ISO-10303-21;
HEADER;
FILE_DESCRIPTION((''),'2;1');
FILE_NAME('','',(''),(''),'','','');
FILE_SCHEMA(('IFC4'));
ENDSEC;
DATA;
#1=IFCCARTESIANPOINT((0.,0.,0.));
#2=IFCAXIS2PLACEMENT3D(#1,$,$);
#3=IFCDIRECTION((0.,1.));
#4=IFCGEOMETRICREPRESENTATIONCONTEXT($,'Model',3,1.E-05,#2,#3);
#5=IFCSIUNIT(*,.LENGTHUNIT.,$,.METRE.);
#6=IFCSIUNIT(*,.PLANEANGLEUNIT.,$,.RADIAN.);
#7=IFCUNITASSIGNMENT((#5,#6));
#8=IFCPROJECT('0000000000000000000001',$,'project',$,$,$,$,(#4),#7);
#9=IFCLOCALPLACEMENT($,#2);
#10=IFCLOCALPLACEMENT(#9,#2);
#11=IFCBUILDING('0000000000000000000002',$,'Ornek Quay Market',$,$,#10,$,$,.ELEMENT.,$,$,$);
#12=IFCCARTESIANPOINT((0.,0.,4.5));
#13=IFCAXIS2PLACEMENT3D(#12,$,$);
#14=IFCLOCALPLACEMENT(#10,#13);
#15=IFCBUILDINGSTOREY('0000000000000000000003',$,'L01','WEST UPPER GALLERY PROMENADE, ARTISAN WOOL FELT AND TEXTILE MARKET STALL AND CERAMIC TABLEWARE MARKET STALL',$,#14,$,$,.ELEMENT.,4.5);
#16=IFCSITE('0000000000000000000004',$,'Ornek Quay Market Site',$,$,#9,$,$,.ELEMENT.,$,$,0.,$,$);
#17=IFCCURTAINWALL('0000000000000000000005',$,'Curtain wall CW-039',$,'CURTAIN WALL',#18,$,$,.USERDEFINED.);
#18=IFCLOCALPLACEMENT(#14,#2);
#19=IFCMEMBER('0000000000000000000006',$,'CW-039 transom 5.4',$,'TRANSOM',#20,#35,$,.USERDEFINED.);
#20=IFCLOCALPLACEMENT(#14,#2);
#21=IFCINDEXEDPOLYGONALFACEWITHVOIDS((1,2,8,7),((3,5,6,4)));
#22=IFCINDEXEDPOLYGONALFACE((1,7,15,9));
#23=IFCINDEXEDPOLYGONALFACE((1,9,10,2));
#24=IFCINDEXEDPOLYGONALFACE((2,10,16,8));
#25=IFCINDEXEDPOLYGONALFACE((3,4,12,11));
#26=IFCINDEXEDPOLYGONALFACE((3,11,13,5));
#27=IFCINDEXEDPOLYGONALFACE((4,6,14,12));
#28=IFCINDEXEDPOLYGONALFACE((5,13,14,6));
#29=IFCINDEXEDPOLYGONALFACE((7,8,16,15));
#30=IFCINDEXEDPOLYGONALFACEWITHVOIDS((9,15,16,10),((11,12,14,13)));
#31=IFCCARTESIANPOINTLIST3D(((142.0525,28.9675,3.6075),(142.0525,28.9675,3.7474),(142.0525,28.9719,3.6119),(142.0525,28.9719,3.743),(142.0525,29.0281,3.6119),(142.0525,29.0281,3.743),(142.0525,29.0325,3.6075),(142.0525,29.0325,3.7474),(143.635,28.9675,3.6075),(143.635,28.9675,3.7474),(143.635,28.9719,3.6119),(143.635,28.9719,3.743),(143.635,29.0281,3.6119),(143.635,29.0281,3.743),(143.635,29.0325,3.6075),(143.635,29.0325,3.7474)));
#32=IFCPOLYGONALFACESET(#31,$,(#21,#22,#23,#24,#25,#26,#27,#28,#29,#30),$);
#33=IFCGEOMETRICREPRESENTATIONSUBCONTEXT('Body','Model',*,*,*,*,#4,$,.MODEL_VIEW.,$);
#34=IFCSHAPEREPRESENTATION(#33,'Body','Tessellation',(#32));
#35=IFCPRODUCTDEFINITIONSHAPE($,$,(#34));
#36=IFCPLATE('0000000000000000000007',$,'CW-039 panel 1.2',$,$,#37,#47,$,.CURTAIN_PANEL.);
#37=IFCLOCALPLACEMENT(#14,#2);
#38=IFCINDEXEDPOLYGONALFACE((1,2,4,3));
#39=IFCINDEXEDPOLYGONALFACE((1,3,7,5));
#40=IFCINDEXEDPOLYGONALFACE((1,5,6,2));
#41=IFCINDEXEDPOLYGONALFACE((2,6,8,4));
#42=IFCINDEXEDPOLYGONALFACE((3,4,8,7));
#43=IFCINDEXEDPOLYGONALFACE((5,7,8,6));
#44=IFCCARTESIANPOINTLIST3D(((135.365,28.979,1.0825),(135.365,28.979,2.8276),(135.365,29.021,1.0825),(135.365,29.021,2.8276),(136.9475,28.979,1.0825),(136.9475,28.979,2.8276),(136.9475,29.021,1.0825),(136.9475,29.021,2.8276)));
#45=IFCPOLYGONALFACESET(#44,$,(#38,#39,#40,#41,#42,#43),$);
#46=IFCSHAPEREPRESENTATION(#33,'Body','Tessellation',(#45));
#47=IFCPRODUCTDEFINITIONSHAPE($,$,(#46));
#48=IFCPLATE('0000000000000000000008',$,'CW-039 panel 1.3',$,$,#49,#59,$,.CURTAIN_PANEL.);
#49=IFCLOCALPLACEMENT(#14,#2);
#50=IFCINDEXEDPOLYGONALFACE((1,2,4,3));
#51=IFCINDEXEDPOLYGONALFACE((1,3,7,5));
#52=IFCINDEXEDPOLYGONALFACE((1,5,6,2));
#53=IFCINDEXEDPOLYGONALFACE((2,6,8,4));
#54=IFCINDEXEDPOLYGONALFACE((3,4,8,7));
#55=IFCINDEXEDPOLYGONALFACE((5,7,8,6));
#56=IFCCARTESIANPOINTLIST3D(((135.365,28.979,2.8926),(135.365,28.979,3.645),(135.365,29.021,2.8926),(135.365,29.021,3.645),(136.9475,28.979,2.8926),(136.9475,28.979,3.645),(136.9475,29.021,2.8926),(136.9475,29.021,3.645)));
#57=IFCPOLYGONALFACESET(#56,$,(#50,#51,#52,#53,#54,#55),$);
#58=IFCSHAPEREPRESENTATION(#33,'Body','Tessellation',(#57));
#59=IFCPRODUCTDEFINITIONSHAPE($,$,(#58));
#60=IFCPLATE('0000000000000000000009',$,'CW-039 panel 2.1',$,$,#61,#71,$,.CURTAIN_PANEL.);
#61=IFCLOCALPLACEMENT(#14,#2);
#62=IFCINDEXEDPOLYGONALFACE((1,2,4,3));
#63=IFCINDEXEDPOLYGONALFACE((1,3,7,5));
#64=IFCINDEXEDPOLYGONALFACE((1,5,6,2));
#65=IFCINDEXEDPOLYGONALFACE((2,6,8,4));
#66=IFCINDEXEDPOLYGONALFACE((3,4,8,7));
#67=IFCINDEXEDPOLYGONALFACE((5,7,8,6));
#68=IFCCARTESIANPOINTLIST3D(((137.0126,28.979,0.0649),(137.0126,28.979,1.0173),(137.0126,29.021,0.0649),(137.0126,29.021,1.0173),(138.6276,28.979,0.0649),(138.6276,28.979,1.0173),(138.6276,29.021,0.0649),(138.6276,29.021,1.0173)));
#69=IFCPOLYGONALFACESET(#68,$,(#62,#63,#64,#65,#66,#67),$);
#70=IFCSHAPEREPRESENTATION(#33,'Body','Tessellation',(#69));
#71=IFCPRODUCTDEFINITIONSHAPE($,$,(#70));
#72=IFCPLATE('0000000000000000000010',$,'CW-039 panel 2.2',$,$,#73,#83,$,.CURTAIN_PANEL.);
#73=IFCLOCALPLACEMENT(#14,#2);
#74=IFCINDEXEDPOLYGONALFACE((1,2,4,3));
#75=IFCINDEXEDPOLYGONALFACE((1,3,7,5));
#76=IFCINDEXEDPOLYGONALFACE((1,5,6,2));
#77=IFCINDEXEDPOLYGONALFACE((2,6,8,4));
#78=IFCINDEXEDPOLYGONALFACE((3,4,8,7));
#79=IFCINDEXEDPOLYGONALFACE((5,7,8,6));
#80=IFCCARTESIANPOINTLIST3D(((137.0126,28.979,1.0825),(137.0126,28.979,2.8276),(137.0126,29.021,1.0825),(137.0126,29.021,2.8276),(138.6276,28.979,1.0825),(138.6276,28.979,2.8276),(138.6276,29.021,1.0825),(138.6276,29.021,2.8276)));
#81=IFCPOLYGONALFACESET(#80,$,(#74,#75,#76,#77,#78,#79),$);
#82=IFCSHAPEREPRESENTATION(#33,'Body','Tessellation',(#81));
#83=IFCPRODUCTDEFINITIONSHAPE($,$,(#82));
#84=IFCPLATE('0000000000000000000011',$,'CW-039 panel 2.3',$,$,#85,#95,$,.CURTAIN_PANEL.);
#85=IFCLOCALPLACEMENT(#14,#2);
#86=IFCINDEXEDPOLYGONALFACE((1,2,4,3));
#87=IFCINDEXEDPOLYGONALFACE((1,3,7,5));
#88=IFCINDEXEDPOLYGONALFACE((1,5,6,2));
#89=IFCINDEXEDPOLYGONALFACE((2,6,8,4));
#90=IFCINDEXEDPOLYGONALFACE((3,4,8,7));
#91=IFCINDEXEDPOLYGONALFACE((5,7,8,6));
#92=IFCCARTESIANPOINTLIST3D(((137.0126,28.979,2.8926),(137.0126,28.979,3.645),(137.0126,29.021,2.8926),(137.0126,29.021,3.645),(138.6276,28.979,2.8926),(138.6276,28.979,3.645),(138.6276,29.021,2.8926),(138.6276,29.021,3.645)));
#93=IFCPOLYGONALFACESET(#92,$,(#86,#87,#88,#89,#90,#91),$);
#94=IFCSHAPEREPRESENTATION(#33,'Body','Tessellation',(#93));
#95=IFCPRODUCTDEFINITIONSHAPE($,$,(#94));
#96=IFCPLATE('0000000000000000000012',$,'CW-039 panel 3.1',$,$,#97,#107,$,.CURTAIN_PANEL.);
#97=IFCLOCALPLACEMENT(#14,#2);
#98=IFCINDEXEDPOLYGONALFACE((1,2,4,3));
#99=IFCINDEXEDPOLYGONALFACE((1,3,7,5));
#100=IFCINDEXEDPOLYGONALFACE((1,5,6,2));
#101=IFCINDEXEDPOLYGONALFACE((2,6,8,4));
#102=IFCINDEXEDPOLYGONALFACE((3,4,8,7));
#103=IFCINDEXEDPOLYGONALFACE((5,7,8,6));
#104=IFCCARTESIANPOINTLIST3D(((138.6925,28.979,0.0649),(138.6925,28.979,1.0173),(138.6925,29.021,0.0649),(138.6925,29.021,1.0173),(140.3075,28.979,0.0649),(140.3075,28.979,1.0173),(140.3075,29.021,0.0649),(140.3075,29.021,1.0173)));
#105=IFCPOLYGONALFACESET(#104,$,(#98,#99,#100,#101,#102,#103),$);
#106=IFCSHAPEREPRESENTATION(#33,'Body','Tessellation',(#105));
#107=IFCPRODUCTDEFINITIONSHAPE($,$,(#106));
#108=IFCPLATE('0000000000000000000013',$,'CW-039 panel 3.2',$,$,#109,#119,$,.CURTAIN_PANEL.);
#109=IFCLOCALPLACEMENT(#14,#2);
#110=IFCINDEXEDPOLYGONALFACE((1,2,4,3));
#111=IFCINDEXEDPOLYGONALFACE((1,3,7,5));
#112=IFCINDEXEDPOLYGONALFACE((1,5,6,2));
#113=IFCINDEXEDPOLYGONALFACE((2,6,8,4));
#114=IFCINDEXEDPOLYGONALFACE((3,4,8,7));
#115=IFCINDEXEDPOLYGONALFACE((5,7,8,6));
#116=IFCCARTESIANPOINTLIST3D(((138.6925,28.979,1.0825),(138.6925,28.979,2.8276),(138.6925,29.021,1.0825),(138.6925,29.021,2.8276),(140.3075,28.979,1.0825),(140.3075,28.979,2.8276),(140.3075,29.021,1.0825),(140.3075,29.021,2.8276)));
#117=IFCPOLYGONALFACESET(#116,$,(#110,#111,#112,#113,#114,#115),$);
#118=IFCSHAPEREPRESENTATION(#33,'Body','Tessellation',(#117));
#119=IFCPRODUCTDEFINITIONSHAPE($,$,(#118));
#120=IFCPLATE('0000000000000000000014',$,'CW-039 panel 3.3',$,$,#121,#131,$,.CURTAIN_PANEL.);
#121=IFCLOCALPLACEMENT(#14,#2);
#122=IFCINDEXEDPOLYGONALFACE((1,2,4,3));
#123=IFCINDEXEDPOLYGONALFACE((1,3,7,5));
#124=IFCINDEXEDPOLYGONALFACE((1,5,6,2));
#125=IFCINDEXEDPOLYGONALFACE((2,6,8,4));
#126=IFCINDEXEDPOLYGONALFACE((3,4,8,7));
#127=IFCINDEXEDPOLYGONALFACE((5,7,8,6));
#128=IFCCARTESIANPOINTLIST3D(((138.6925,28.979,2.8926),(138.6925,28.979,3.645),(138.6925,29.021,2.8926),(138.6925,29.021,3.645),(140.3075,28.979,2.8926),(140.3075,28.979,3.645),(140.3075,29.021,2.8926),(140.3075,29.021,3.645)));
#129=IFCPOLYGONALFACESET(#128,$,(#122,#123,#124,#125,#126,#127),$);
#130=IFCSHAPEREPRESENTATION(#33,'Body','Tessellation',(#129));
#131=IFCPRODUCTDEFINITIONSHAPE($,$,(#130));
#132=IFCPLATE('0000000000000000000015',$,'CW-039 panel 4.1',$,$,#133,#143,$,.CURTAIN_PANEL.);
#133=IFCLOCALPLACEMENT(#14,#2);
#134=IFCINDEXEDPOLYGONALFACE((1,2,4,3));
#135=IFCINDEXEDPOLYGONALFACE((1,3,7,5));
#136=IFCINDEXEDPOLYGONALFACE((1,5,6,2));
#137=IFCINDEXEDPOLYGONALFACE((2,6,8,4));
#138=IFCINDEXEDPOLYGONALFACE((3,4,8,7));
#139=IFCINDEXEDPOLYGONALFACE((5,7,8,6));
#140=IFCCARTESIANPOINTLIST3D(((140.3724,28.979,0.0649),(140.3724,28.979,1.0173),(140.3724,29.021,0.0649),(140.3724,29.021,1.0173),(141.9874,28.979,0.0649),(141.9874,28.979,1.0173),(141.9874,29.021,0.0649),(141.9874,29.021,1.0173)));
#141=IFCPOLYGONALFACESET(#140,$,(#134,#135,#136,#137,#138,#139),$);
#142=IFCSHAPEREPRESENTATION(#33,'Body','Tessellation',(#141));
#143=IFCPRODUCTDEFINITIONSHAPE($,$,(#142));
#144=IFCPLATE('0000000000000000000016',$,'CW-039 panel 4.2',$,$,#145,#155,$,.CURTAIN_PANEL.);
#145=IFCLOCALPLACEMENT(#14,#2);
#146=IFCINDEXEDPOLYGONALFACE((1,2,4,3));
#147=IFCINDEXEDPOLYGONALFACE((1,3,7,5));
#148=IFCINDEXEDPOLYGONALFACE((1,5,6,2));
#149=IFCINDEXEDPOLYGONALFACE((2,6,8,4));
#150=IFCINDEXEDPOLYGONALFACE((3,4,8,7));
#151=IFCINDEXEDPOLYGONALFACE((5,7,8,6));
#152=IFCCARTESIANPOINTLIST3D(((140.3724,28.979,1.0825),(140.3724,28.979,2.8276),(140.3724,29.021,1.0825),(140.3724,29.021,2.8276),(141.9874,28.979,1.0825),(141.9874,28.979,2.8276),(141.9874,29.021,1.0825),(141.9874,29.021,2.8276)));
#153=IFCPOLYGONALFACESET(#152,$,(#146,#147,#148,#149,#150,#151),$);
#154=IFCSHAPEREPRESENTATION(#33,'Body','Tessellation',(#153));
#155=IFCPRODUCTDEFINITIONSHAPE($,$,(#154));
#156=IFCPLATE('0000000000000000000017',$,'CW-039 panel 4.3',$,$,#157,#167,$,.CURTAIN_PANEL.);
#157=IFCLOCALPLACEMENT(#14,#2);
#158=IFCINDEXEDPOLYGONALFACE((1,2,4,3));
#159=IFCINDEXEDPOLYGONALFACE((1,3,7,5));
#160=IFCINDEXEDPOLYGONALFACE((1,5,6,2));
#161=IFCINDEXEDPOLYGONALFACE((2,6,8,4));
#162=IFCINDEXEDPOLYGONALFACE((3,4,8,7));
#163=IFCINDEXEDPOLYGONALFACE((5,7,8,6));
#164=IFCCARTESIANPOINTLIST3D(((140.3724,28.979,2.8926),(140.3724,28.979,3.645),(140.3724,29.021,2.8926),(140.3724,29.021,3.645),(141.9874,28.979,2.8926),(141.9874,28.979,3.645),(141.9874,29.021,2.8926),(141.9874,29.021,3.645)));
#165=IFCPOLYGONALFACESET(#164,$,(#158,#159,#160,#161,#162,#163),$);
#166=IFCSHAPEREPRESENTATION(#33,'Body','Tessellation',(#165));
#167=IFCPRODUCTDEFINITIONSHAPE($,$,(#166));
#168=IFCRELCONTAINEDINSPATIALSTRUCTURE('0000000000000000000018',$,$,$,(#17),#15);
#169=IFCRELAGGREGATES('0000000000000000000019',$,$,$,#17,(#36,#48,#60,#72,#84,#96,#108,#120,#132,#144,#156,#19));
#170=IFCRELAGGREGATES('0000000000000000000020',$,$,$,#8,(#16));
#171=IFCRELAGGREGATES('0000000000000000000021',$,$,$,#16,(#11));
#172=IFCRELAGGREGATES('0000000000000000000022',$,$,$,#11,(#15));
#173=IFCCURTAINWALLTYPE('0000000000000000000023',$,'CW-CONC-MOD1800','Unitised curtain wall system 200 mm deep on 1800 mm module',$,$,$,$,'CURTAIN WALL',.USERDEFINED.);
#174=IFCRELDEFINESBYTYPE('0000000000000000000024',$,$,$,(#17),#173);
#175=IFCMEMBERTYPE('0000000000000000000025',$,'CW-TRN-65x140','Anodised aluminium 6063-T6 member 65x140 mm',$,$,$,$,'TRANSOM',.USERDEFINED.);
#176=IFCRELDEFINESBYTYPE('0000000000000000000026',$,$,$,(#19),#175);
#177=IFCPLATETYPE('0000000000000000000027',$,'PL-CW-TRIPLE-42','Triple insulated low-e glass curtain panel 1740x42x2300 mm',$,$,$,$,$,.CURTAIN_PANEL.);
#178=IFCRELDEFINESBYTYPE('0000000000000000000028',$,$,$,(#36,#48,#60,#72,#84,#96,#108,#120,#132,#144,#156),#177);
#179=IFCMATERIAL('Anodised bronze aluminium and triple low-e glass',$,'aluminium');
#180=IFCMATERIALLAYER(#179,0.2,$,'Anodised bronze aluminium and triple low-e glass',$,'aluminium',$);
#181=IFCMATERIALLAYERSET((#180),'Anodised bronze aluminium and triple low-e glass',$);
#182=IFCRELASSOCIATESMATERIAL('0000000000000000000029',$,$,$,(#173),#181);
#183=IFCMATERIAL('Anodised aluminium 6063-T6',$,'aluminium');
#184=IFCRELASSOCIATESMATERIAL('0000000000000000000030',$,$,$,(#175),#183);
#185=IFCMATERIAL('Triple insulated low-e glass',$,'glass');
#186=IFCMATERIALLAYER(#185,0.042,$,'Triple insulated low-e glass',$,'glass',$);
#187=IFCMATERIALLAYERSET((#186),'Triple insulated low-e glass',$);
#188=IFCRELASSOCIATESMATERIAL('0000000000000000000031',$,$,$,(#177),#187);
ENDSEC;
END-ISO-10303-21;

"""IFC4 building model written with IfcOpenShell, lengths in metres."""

from ifc_helpers import new_model, si_unit, direction, frame, origin, origin_2d, place, context, subcontext, project, spatial, rectangle, hollow_rectangle, extrude, material, layer, layer_set, material_profile, profile_set, type_object, element, aggregate, save


model = new_model("IFC4")

# Units and contexts
model_context = context("Model", 3, precision=1e-05, world=origin(), true_north=direction((0.0, 1.0)))
body_context = subcontext(model_context, "Body", "Model", "MODEL_VIEW")
ifc_project = project(units=[si_unit("LENGTHUNIT", "METRE"), si_unit("PLANEANGLEUNIT", "RADIAN")], contexts=[model_context])

# Site, building, storey
site_placement = place(None, origin())
site = spatial("IfcSite", under=ifc_project, at=site_placement, Name="Ornek Quay Market Site", CompositionType="ELEMENT", RefElevation=0.0)
building_placement = place(site_placement, origin())
building = spatial("IfcBuilding", under=site, at=building_placement, Name="Ornek Quay Market", CompositionType="ELEMENT")
storey_placement = place(building_placement, frame((0.0, 0.0, 4.5)))
storey = spatial("IfcBuildingStorey", under=building, at=storey_placement, Name="L01", Description="WEST UPPER GALLERY PROMENADE, ARTISAN WOOL FELT AND TEXTILE MARKET STALL AND CERAMIC TABLEWARE MARKET STALL", CompositionType="ELEMENT", Elevation=4.5)

# Shared definitions
ifc_material_1 = material(Name="Anodised bronze aluminium and triple low-e glass", Category="aluminium")
ifc_material_2 = material(Name="Anodised aluminium 6063-T6", Category="aluminium")

# Curtain wall
ifc_layer_1 = layer(ifc_material_1, 0.2, Name="Anodised bronze aluminium and triple low-e glass", Category="aluminium")
ifc_layer_set_1 = layer_set([ifc_layer_1], Name="Anodised bronze aluminium and triple low-e glass")
curtain_wall_type_1 = type_object("IfcCurtainWallType", Name="CW-CONC-MOD1800", Description="Unitised curtain wall system 200 mm deep on 1800 mm module", ElementType="CURTAIN WALL", PredefinedType="USERDEFINED", material=ifc_layer_set_1)
curtain_wall_1_placement = place(storey_placement, origin())
curtain_wall_1 = element("IfcCurtainWall", 1, at=curtain_wall_1_placement, inside=storey, type_object=curtain_wall_type_1, Name="Curtain wall CW-039", ObjectType="CURTAIN WALL", PredefinedType="USERDEFINED")

# Member
ifc_material_profile_1 = material_profile(ifc_material_2, hollow_rectangle(XDim=0.0649, YDim=0.1399, WallThickness=0.0044, at=origin_2d()), Name="CW-TRN-65x140", Category="aluminium")
ifc_profile_set_1 = profile_set([ifc_material_profile_1], Name="Anodised aluminium 6063-T6")
member_type_1 = type_object("IfcMemberType", Name="CW-TRN-65x140", Description="Anodised aluminium 6063-T6 member 65x140 mm", ElementType="TRANSOM", PredefinedType="USERDEFINED", material=ifc_profile_set_1)
member_1_placement = place(storey_placement, frame((142.0525, 29.0, 3.6775), z_axis=(1.0, 0.0, 0.0), x_axis=(0.0, 1.0, 0.0)))
member_1 = element("IfcMember", 2, at=member_1_placement, type_object=member_type_1, Name="CW-039 transom 5.4", ObjectType="TRANSOM", PredefinedType="USERDEFINED", context=body_context, shape_type="SweptSolid", body=[
    extrude(hollow_rectangle(XDim=0.0649, YDim=0.1399, WallThickness=0.0044, at=origin_2d()), origin(), (0.0, 0.0, 1.0), 1.5825),
])

# Plates
ifc_material_3 = material(Name="Triple insulated low-e glass", Category="glass")
ifc_layer_2 = layer(ifc_material_3, 0.042, Name="Triple insulated low-e glass", Category="glass")
ifc_layer_set_2 = layer_set([ifc_layer_2], Name="Triple insulated low-e glass")
plate_type = type_object("IfcPlateType", Name="PL-CW-TRIPLE-42", Description="Triple insulated low-e glass curtain panel 1740x42x2300 mm", PredefinedType="CURTAIN_PANEL", material=ifc_layer_set_2)
plate_1_placement = place(storey_placement, frame((136.1562, 29.0, 1.0825), z_axis=(0.0, 0.0, 1.0), x_axis=(1.0, 0.0, 0.0)))
plate_1 = element("IfcPlate", 3, at=plate_1_placement, type_object=plate_type, Name="CW-039 panel 1.2", PredefinedType="CURTAIN_PANEL", context=body_context, shape_type="SweptSolid", body=[
    extrude(rectangle(XDim=1.5825, YDim=0.042, at=origin_2d()), origin(), (0.0, 0.0, 1.0), 1.7451),
])
plate_2_placement = place(storey_placement, frame((136.1562, 29.0, 2.8926), z_axis=(0.0, 0.0, 1.0), x_axis=(1.0, 0.0, 0.0)))
plate_2 = element("IfcPlate", 4, at=plate_2_placement, type_object=plate_type, Name="CW-039 panel 1.3", PredefinedType="CURTAIN_PANEL", context=body_context, shape_type="SweptSolid", body=[
    extrude(rectangle(XDim=1.5825, YDim=0.042, at=origin_2d()), origin(), (0.0, 0.0, 1.0), 0.7524),
])
plate_3_placement = place(storey_placement, frame((137.8201, 29.0, 0.0649), z_axis=(0.0, 0.0, 1.0), x_axis=(1.0, 0.0, 0.0)))
plate_3 = element("IfcPlate", 5, at=plate_3_placement, type_object=plate_type, Name="CW-039 panel 2.1", PredefinedType="CURTAIN_PANEL", context=body_context, shape_type="SweptSolid", body=[
    extrude(rectangle(XDim=1.615, YDim=0.042, at=origin_2d()), origin(), (0.0, 0.0, 1.0), 0.9524),
])
plate_4_placement = place(storey_placement, frame((137.8201, 29.0, 1.0825), z_axis=(0.0, 0.0, 1.0), x_axis=(1.0, 0.0, 0.0)))
plate_4 = element("IfcPlate", 6, at=plate_4_placement, type_object=plate_type, Name="CW-039 panel 2.2", PredefinedType="CURTAIN_PANEL", context=body_context, shape_type="SweptSolid", body=[
    extrude(rectangle(XDim=1.615, YDim=0.042, at=origin_2d()), origin(), (0.0, 0.0, 1.0), 1.7451),
])
plate_5_placement = place(storey_placement, frame((137.8201, 29.0, 2.8926), z_axis=(0.0, 0.0, 1.0), x_axis=(1.0, 0.0, 0.0)))
plate_5 = element("IfcPlate", 7, at=plate_5_placement, type_object=plate_type, Name="CW-039 panel 2.3", PredefinedType="CURTAIN_PANEL", context=body_context, shape_type="SweptSolid", body=[
    extrude(rectangle(XDim=1.615, YDim=0.042, at=origin_2d()), origin(), (0.0, 0.0, 1.0), 0.7524),
])
plate_6_placement = place(storey_placement, frame((139.5, 29.0, 0.0649), z_axis=(0.0, 0.0, 1.0), x_axis=(1.0, 0.0, 0.0)))
plate_6 = element("IfcPlate", 8, at=plate_6_placement, type_object=plate_type, Name="CW-039 panel 3.1", PredefinedType="CURTAIN_PANEL", context=body_context, shape_type="SweptSolid", body=[
    extrude(rectangle(XDim=1.615, YDim=0.042, at=origin_2d()), origin(), (0.0, 0.0, 1.0), 0.9524),
])
plate_7_placement = place(storey_placement, frame((139.5, 29.0, 1.0825), z_axis=(0.0, 0.0, 1.0), x_axis=(1.0, 0.0, 0.0)))
plate_7 = element("IfcPlate", 9, at=plate_7_placement, type_object=plate_type, Name="CW-039 panel 3.2", PredefinedType="CURTAIN_PANEL", context=body_context, shape_type="SweptSolid", body=[
    extrude(rectangle(XDim=1.615, YDim=0.042, at=origin_2d()), origin(), (0.0, 0.0, 1.0), 1.7451),
])
plate_8_placement = place(storey_placement, frame((139.5, 29.0, 2.8926), z_axis=(0.0, 0.0, 1.0), x_axis=(1.0, 0.0, 0.0)))
plate_8 = element("IfcPlate", 10, at=plate_8_placement, type_object=plate_type, Name="CW-039 panel 3.3", PredefinedType="CURTAIN_PANEL", context=body_context, shape_type="SweptSolid", body=[
    extrude(rectangle(XDim=1.615, YDim=0.042, at=origin_2d()), origin(), (0.0, 0.0, 1.0), 0.7524),
])
plate_9_placement = place(storey_placement, frame((141.1799, 29.0, 0.0649), z_axis=(0.0, 0.0, 1.0), x_axis=(1.0, 0.0, 0.0)))
plate_9 = element("IfcPlate", 11, at=plate_9_placement, type_object=plate_type, Name="CW-039 panel 4.1", PredefinedType="CURTAIN_PANEL", context=body_context, shape_type="SweptSolid", body=[
    extrude(rectangle(XDim=1.615, YDim=0.042, at=origin_2d()), origin(), (0.0, 0.0, 1.0), 0.9524),
])
plate_10_placement = place(storey_placement, frame((141.1799, 29.0, 1.0825), z_axis=(0.0, 0.0, 1.0), x_axis=(1.0, 0.0, 0.0)))
plate_10 = element("IfcPlate", 12, at=plate_10_placement, type_object=plate_type, Name="CW-039 panel 4.2", PredefinedType="CURTAIN_PANEL", context=body_context, shape_type="SweptSolid", body=[
    extrude(rectangle(XDim=1.615, YDim=0.042, at=origin_2d()), origin(), (0.0, 0.0, 1.0), 1.7451),
])
plate_11_placement = place(storey_placement, frame((141.1799, 29.0, 2.8926), z_axis=(0.0, 0.0, 1.0), x_axis=(1.0, 0.0, 0.0)))
plate_11 = element("IfcPlate", 13, at=plate_11_placement, type_object=plate_type, Name="CW-039 panel 4.3", PredefinedType="CURTAIN_PANEL", context=body_context, shape_type="SweptSolid", body=[
    extrude(rectangle(XDim=1.615, YDim=0.042, at=origin_2d()), origin(), (0.0, 0.0, 1.0), 0.7524),
])
aggregate(curtain_wall_1, [plate_1, plate_2, plate_3, plate_4, plate_5, plate_6, plate_7, plate_8, plate_9, plate_10, plate_11, member_1])

save(model, "model.ifc")
